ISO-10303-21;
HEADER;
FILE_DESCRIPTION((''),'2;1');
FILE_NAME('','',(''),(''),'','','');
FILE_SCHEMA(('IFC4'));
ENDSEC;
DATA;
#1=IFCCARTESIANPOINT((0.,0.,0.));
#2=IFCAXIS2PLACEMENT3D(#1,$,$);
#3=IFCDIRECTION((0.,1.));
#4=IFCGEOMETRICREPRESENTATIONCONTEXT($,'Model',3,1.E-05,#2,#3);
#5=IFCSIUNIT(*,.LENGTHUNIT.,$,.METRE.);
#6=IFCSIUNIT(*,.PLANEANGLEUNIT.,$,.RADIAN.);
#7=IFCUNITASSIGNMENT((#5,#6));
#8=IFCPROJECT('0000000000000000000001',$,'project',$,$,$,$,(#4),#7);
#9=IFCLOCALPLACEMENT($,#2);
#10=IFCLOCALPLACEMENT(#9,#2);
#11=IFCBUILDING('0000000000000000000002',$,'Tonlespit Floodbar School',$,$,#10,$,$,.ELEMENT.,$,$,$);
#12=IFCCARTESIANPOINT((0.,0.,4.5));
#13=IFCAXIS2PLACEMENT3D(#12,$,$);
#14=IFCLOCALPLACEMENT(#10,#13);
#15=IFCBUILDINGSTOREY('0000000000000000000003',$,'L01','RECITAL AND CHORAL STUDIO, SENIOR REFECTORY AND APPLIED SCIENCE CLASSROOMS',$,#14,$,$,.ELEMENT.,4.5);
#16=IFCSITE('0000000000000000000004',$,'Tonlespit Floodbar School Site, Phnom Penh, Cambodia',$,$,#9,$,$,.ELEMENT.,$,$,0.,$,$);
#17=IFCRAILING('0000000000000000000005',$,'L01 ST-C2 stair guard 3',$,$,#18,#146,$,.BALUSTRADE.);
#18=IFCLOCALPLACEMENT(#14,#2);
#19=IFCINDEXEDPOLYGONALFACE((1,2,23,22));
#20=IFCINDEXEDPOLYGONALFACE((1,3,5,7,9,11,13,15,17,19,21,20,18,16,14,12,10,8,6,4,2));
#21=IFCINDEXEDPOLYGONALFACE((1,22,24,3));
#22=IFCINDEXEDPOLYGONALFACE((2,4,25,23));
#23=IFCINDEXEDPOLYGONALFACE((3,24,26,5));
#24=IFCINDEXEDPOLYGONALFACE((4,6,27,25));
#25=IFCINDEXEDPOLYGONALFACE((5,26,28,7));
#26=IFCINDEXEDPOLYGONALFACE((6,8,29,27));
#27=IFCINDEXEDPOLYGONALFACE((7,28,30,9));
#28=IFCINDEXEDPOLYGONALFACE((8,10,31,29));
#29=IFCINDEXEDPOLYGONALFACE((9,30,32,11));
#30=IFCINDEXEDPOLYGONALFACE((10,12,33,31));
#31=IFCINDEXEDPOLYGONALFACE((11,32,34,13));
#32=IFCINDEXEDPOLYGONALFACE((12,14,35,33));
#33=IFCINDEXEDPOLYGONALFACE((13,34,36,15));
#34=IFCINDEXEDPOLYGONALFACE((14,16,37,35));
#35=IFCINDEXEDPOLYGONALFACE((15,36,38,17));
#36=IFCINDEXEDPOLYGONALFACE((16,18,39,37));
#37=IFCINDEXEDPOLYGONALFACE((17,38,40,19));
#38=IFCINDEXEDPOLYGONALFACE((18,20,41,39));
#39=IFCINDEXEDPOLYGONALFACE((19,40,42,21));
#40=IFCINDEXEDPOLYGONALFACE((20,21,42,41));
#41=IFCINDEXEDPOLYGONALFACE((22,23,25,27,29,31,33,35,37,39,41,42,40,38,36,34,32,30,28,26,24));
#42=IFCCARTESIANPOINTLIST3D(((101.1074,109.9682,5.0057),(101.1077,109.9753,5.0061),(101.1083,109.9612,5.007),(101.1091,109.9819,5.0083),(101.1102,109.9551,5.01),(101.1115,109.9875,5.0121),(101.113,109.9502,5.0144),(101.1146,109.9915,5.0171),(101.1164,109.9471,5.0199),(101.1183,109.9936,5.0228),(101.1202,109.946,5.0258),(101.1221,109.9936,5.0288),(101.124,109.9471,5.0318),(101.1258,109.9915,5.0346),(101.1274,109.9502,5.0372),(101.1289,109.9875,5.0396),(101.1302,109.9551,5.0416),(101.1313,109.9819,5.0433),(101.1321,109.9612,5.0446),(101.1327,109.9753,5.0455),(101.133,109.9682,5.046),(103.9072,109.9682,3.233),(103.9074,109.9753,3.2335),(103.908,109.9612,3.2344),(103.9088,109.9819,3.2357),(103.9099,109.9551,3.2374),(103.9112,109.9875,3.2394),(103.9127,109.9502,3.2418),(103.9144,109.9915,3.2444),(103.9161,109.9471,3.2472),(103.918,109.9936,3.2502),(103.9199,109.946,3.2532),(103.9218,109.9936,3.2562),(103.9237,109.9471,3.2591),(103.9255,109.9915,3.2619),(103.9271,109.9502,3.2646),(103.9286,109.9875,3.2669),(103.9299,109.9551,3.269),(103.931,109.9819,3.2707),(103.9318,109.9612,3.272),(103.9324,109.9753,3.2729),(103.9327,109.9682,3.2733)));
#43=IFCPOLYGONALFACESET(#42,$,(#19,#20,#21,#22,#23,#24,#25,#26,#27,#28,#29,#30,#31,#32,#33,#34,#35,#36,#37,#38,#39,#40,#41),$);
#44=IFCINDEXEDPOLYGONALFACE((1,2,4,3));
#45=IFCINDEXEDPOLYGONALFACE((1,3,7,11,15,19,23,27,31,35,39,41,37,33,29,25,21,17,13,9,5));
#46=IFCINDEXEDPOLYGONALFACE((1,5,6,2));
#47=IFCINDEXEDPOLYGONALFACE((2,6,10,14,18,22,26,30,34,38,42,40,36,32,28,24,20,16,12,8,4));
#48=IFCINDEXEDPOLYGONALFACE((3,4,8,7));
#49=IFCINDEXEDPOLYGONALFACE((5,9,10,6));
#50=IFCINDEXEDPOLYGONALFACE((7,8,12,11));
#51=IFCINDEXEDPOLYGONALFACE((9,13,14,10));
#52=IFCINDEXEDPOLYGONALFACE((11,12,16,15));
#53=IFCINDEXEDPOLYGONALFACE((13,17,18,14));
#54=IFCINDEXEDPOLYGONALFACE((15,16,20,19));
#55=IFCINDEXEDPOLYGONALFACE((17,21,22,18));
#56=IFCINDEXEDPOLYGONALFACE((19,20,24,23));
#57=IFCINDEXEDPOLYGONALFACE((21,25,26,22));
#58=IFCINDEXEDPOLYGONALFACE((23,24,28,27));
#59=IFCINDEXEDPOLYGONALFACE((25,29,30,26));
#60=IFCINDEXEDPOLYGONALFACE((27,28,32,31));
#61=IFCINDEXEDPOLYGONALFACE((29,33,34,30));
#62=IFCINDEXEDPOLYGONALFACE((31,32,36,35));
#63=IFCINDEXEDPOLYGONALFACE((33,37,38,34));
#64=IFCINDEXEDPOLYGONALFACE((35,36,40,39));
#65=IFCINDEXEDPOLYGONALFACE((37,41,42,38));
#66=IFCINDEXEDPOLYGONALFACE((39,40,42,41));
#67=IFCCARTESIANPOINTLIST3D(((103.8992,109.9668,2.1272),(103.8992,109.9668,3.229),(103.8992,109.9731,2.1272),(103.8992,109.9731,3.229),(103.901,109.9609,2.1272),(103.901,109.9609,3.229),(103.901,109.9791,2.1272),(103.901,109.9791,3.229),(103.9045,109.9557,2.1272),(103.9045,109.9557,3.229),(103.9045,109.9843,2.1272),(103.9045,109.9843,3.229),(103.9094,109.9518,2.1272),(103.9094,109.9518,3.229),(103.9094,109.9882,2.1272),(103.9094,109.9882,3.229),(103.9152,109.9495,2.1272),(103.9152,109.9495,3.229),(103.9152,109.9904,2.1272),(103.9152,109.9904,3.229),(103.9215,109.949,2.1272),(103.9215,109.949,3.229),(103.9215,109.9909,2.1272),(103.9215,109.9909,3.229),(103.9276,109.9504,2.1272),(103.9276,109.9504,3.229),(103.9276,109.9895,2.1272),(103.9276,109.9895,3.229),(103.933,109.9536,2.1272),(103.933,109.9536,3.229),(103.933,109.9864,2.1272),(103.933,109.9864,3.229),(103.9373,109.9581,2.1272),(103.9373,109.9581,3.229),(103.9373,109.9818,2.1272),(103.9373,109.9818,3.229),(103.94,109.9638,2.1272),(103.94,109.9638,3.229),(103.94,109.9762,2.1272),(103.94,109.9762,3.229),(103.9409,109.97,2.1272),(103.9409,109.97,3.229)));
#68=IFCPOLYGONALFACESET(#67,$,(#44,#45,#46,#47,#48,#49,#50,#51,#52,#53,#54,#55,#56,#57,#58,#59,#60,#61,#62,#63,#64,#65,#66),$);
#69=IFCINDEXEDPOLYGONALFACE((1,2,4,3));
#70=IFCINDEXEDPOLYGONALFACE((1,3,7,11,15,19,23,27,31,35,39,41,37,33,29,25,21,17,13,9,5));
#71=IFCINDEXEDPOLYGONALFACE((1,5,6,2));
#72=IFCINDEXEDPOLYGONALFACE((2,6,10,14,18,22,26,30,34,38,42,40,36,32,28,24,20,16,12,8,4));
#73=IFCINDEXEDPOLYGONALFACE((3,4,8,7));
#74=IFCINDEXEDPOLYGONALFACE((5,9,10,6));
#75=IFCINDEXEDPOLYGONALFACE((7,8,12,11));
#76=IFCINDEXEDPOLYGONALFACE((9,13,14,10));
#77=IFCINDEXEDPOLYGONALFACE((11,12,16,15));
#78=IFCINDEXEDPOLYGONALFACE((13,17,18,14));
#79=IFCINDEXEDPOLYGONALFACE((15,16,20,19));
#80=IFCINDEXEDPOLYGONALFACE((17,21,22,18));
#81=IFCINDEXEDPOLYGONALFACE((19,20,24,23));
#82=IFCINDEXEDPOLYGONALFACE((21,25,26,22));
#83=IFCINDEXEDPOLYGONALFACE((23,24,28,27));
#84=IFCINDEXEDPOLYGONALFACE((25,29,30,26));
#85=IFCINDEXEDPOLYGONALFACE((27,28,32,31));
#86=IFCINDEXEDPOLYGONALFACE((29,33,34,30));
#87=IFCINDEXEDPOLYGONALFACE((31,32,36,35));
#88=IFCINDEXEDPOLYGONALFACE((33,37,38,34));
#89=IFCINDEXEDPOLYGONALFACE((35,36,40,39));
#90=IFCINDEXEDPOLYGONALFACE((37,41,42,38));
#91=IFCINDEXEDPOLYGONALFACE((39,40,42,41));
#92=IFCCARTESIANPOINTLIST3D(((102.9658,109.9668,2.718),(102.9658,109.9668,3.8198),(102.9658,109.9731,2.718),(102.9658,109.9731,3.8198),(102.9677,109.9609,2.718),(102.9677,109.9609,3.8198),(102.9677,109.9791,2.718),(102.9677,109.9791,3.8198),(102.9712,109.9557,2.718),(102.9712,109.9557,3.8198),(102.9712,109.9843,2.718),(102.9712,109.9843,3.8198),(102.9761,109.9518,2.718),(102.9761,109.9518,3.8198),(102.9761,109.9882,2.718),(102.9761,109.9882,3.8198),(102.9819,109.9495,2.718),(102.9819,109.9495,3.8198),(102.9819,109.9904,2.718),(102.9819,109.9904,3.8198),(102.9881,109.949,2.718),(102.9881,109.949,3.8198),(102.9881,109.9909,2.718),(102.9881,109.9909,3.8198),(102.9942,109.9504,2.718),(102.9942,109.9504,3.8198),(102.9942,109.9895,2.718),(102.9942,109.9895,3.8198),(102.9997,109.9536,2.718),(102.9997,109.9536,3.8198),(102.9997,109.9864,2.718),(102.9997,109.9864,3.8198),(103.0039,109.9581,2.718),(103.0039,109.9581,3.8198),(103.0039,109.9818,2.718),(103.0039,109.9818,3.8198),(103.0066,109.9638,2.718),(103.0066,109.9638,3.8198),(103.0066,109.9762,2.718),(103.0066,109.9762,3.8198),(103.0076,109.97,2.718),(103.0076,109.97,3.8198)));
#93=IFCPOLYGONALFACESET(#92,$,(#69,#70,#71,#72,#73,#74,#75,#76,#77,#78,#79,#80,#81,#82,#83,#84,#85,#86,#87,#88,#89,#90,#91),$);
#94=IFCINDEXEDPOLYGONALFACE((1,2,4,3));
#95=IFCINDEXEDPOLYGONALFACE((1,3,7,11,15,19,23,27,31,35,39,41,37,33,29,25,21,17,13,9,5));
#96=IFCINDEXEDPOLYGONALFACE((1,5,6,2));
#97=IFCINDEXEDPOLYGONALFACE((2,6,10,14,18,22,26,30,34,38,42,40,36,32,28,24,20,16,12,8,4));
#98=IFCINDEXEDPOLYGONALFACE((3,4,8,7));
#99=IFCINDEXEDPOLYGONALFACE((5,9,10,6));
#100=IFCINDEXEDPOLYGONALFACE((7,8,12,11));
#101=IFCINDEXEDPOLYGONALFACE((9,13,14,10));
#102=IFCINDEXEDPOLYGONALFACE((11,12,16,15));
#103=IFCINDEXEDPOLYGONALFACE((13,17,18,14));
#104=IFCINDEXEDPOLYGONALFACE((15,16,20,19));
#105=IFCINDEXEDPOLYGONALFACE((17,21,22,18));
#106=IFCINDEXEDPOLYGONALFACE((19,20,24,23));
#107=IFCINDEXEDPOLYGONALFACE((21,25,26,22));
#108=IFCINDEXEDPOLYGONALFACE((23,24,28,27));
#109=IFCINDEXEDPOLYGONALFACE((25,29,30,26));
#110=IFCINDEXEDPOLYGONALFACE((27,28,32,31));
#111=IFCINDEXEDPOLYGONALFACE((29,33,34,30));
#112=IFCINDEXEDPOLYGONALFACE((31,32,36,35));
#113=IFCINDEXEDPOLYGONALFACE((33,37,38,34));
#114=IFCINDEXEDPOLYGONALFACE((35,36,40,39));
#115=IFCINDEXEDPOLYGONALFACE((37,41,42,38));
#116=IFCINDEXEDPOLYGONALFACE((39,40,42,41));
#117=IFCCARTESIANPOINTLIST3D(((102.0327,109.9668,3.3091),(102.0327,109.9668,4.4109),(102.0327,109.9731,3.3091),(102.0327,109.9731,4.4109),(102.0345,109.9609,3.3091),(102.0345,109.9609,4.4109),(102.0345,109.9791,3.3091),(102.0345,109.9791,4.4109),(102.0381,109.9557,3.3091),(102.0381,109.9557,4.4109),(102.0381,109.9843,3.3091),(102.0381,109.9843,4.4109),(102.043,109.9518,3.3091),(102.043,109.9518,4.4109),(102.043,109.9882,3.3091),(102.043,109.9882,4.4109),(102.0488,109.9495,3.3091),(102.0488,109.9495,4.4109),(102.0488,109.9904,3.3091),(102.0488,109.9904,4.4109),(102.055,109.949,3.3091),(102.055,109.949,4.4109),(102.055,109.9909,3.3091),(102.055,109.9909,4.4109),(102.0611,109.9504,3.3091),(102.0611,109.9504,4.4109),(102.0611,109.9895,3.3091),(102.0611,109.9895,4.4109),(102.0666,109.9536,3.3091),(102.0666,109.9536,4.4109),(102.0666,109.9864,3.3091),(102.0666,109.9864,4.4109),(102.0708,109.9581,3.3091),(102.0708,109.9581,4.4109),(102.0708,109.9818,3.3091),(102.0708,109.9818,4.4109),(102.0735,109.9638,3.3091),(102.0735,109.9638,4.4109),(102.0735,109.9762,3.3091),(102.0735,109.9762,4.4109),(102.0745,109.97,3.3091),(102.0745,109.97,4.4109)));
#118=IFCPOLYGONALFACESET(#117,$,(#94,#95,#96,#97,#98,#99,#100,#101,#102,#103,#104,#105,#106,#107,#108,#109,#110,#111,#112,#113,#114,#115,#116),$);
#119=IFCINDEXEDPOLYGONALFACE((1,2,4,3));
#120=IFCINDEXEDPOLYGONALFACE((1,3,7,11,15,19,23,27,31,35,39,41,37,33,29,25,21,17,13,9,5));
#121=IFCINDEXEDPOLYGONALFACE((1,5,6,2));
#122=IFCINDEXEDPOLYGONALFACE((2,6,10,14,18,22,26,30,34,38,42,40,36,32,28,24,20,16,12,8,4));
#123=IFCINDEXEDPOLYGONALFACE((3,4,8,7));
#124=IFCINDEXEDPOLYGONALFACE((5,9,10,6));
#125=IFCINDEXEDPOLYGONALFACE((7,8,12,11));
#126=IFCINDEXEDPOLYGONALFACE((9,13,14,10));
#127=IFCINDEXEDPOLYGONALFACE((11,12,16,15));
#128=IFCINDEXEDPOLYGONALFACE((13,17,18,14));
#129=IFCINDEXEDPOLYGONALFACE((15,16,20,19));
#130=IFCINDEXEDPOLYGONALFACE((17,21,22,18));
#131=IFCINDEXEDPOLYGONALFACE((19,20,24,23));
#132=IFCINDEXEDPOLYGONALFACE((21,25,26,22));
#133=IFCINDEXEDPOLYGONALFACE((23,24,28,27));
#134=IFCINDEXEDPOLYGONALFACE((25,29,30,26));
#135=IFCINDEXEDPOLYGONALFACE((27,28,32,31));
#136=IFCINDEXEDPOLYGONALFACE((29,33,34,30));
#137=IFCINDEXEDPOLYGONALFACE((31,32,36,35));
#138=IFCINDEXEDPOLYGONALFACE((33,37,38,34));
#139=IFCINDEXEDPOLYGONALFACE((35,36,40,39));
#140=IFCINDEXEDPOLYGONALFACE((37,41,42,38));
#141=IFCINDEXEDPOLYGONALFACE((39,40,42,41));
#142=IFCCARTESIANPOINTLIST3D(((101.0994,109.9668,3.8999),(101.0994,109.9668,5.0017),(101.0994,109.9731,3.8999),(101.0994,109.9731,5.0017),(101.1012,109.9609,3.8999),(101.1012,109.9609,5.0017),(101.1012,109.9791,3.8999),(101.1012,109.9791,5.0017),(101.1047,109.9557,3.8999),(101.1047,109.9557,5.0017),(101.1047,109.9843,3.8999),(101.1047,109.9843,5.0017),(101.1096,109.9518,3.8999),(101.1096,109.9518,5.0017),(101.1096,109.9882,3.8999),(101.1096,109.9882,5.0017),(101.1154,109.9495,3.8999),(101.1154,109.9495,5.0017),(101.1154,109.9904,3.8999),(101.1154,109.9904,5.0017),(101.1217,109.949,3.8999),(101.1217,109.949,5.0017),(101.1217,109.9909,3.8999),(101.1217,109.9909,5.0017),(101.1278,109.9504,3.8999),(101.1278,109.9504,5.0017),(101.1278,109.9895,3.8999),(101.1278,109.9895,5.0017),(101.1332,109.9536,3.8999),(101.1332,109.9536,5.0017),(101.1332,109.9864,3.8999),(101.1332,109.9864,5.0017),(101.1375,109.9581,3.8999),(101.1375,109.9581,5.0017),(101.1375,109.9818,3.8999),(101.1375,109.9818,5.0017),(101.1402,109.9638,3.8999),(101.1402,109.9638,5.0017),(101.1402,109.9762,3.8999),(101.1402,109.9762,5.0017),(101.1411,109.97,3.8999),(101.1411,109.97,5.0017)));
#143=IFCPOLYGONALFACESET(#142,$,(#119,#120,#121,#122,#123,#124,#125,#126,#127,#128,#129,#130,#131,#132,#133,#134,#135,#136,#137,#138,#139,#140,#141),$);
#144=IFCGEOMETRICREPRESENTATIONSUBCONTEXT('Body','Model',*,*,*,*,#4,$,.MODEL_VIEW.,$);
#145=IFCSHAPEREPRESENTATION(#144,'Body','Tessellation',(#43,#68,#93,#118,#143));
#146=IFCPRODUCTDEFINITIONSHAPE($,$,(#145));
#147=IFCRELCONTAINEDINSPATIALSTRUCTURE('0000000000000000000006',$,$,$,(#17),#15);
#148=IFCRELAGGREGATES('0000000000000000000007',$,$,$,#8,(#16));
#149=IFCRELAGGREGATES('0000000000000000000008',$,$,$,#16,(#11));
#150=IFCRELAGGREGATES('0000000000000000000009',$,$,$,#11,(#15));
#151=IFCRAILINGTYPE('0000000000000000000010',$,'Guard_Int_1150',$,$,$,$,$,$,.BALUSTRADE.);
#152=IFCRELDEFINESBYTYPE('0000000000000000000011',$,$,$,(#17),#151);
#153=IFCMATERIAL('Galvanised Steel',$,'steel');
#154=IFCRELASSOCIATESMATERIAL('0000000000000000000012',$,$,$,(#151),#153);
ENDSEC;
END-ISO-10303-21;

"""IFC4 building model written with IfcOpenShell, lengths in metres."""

from ifc_helpers import new_model, si_unit, direction, frame, origin, origin_2d, place, context, subcontext, project, spatial, circle, extrude, material, type_object, element, save


model = new_model("IFC4")

# Units and contexts
model_context = context("Model", 3, precision=1e-05, world=origin(), true_north=direction((0.0, 1.0)))
body_context = subcontext(model_context, "Body", "Model", "MODEL_VIEW")
ifc_project = project(units=[si_unit("LENGTHUNIT", "METRE"), si_unit("PLANEANGLEUNIT", "RADIAN")], contexts=[model_context])

# Site, building, storey
site_placement = place(None, origin())
site = spatial("IfcSite", under=ifc_project, at=site_placement, Name="Tonlespit Floodbar School Site, Phnom Penh, Cambodia", CompositionType="ELEMENT", RefElevation=0.0)
building_placement = place(site_placement, origin())
building = spatial("IfcBuilding", under=site, at=building_placement, Name="Tonlespit Floodbar School", CompositionType="ELEMENT")
storey_placement = place(building_placement, frame((0.0, 0.0, 4.5)))
storey = spatial("IfcBuildingStorey", under=building, at=storey_placement, Name="L01", Description="RECITAL AND CHORAL STUDIO, SENIOR REFECTORY AND APPLIED SCIENCE CLASSROOMS", CompositionType="ELEMENT", Elevation=4.5)

# Railing
ifc_material_1 = material(Name="Galvanised Steel", Category="steel")
railing_type_1 = type_object("IfcRailingType", Name="Guard_Int_1150", PredefinedType="BALUSTRADE", material=ifc_material_1)
railing_1_placement = place(storey_placement, frame((103.9199, 109.97, 2.1272)))
element("IfcRailing", 1, at=railing_1_placement, inside=storey, type_object=railing_type_1, Name="L01 ST-C2 stair guard 3", PredefinedType="BALUSTRADE", context=body_context, shape_type="SweptSolid", body=[
    extrude(circle(Radius=0.0239, at=origin_2d()), frame((0.0, 0.0, 1.126), z_axis=(-0.844888, 0.0, 0.534943), x_axis=(0.0, -1.0, 0.0)), (0.0, 0.0, 1.0), 3.3137),
    extrude(circle(Radius=0.021, at=origin_2d()), origin(), (0.0, 0.0, 1.0), 1.1018),
    extrude(circle(Radius=0.021, at=origin_2d()), frame((-0.9333, 0.0, 0.5908)), (0.0, 0.0, 1.0), 1.1018),
    extrude(circle(Radius=0.021, at=origin_2d()), frame((-1.8665, 0.0, 1.1819)), (0.0, 0.0, 1.0), 1.1018),
    extrude(circle(Radius=0.021, at=origin_2d()), frame((-2.7998, 0.0, 1.7727)), (0.0, 0.0, 1.0), 1.1018),
])

save(model, "model.ifc")
